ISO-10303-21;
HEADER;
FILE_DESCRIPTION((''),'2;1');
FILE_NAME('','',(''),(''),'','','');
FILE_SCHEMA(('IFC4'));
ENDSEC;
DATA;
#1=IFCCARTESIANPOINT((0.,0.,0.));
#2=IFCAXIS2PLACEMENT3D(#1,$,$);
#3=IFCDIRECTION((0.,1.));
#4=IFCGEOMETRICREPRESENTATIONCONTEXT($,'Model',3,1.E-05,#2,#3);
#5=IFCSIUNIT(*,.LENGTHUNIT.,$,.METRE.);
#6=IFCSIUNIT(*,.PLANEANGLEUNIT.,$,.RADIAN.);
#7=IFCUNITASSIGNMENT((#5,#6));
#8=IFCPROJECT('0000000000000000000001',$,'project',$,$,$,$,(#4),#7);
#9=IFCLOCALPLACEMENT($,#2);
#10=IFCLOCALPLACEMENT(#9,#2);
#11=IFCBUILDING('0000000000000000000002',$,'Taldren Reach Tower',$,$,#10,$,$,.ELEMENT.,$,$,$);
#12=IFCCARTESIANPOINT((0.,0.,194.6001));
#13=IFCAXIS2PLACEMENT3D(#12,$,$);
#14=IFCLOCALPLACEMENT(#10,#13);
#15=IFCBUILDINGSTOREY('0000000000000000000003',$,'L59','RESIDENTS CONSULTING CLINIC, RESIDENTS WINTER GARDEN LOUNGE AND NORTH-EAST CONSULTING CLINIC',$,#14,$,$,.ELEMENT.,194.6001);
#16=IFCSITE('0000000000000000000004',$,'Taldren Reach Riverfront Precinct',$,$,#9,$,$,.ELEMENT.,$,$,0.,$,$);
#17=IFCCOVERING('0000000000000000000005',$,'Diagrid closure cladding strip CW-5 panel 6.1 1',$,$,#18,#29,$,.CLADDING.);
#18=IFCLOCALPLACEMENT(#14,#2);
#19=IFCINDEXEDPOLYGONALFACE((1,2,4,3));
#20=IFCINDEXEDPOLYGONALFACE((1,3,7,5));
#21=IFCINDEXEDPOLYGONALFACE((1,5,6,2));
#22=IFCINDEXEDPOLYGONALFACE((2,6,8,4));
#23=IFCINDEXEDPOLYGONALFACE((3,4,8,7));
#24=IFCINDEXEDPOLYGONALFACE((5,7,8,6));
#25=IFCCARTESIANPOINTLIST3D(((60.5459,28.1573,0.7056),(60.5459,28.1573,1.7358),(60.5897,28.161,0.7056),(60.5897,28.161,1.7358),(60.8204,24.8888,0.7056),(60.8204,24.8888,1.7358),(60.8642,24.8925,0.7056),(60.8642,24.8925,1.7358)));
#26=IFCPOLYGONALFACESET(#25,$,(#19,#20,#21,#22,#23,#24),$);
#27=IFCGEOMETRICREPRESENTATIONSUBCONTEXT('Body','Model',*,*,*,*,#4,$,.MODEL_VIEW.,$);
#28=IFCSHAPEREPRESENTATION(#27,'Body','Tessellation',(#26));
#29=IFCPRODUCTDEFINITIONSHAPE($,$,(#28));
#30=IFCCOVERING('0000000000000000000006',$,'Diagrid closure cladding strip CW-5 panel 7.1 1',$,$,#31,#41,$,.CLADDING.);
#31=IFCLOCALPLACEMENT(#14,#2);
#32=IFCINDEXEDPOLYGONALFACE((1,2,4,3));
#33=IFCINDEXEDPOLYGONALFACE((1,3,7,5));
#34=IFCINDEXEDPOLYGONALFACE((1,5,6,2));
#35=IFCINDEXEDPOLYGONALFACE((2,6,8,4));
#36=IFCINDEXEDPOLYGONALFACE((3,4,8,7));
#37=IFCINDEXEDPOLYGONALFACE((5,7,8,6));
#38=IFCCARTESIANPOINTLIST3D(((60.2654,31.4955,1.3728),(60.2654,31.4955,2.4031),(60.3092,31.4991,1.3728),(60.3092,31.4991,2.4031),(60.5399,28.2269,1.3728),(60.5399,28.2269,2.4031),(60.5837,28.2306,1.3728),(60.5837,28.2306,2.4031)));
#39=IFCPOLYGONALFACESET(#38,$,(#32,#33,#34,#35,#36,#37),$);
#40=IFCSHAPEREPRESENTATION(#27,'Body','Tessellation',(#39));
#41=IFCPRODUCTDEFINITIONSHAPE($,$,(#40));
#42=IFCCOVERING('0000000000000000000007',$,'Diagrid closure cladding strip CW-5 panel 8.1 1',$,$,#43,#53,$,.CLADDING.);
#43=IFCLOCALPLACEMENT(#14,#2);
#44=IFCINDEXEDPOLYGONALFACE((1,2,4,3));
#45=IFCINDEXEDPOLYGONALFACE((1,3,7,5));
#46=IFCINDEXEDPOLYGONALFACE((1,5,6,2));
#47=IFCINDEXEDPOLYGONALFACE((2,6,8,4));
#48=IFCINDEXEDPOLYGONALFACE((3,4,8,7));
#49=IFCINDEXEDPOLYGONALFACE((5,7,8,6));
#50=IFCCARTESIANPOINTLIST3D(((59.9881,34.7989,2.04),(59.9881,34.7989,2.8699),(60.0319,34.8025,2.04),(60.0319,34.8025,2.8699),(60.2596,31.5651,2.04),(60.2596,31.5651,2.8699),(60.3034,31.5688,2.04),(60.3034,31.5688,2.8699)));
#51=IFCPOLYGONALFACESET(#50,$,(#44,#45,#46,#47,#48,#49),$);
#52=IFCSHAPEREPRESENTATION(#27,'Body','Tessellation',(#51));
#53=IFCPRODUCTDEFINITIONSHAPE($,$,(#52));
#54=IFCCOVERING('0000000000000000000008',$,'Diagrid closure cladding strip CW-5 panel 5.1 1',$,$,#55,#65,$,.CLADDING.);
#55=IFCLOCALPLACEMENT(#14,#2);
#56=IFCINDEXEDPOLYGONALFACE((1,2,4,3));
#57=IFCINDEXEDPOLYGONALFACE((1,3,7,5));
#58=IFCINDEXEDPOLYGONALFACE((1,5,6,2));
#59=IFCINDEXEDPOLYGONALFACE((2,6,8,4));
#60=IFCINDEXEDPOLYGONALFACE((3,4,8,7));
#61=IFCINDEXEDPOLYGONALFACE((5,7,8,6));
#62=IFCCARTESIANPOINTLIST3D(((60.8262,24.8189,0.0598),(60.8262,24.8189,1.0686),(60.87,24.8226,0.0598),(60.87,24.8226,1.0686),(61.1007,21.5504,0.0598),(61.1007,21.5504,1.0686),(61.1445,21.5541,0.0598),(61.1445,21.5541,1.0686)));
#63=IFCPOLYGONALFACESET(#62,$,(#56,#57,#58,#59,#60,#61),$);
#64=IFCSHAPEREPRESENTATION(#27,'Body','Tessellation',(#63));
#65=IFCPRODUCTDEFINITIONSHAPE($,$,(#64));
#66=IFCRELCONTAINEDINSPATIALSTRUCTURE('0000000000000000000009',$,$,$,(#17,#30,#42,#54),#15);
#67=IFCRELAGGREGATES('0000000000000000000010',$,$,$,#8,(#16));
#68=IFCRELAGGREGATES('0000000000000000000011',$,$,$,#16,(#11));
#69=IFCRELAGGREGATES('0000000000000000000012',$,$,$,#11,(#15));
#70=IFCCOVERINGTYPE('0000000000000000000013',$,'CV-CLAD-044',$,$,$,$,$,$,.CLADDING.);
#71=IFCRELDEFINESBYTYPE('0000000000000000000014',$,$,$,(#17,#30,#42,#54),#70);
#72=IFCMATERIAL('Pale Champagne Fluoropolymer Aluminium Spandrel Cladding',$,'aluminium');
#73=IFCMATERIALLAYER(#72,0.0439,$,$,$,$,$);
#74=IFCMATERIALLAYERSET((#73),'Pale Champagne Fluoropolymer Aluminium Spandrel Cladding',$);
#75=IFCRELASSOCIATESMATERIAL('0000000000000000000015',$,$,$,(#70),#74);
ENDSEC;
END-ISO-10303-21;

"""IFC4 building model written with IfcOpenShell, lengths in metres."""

from ifc_helpers import new_model, si_unit, direction, frame, origin, origin_2d, place, context, subcontext, project, spatial, rectangle, extrude, source, transform, mapped, material, layer, layer_set, type_object, element, save


model = new_model("IFC4")

# Units and contexts
model_context = context("Model", 3, precision=1e-05, world=origin(), true_north=direction((0.0, 1.0)))
body_context = subcontext(model_context, "Body", "Model", "MODEL_VIEW")
ifc_project = project(units=[si_unit("LENGTHUNIT", "METRE"), si_unit("PLANEANGLEUNIT", "RADIAN")], contexts=[model_context])

# Site, building, storey
site_placement = place(None, origin())
site = spatial("IfcSite", under=ifc_project, at=site_placement, Name="Taldren Reach Riverfront Precinct", CompositionType="ELEMENT", RefElevation=0.0)
building_placement = place(site_placement, origin())
building = spatial("IfcBuilding", under=site, at=building_placement, Name="Taldren Reach Tower", CompositionType="ELEMENT")
storey_placement = place(building_placement, frame((0.0, 0.0, 194.6001)))
storey = spatial("IfcBuildingStorey", under=building, at=storey_placement, Name="L59", Description="RESIDENTS CONSULTING CLINIC, RESIDENTS WINTER GARDEN LOUNGE AND NORTH-EAST CONSULTING CLINIC", CompositionType="ELEMENT", Elevation=194.6001)

# Coverings
ifc_material_1 = material(Name="Pale Champagne Fluoropolymer Aluminium Spandrel Cladding", Category="aluminium")
ifc_layer_1 = layer(ifc_material_1, 0.0439)
ifc_layer_set_1 = layer_set([ifc_layer_1], Name="Pale Champagne Fluoropolymer Aluminium Spandrel Cladding")
covering_type = type_object("IfcCoveringType", Name="CV-CLAD-044", PredefinedType="CLADDING", material=ifc_layer_set_1)
shared_shape_1 = source(origin(), body_context, "Body", "SweptSolid", [
    extrude(rectangle(XDim=3.28, YDim=0.0439, at=origin_2d()), origin(), (0.0, 0.0, 1.0), 1.0303),
])
for number, where, z_axis, x_axis, name in (
    (1, (60.7051, 26.5249, 0.7056), (0.0, 0.0, 1.0), (-0.083678, 0.996493, 0.0), "Diagrid closure cladding strip CW-5 panel 6.1 1"),
    (2, (60.4246, 29.863, 1.3728), (0.0, 0.0, 1.0), (-0.083678, 0.996493, 0.0), "Diagrid closure cladding strip CW-5 panel 7.1 1"),
):
    element("IfcCovering", number, at=place(storey_placement, frame(where, z_axis=z_axis, x_axis=x_axis)), inside=storey, type_object=covering_type, Name=name, PredefinedType="CLADDING", context=body_context, shape_type="MappedRepresentation", body=[
        mapped(shared_shape_1, transform((0.0, 0.0, 0.0), scale=1.0)),
    ])
shared_shape_2 = source(origin(), body_context, "Body", "SweptSolid", [
    extrude(rectangle(XDim=3.2451, YDim=0.0439, at=origin_2d()), origin(), (0.0, 0.0, 1.0), 0.8298),
])
covering_1_placement = place(storey_placement, frame((60.1458, 33.1838, 2.04), z_axis=(0.0, 0.0, 1.0), x_axis=(-0.083678, 0.996493, 0.0)))
element("IfcCovering", 3, at=covering_1_placement, inside=storey, type_object=covering_type, Name="Diagrid closure cladding strip CW-5 panel 8.1 1", PredefinedType="CLADDING", context=body_context, shape_type="MappedRepresentation", body=[
    mapped(shared_shape_2, transform((0.0, 0.0, 0.0), scale=1.0)),
])
shared_shape_3 = source(origin(), body_context, "Body", "SweptSolid", [
    extrude(rectangle(XDim=3.28, YDim=0.0439, at=origin_2d()), origin(), (0.0, 0.0, 1.0), 1.0088),
])
covering_2_placement = place(storey_placement, frame((60.9854, 23.1865, 0.0598), z_axis=(0.0, 0.0, 1.0), x_axis=(-0.083678, 0.996493, 0.0)))
element("IfcCovering", 4, at=covering_2_placement, inside=storey, type_object=covering_type, Name="Diagrid closure cladding strip CW-5 panel 5.1 1", PredefinedType="CLADDING", context=body_context, shape_type="MappedRepresentation", body=[
    mapped(shared_shape_3, transform((0.0, 0.0, 0.0), scale=1.0)),
])

save(model, "model.ifc")
